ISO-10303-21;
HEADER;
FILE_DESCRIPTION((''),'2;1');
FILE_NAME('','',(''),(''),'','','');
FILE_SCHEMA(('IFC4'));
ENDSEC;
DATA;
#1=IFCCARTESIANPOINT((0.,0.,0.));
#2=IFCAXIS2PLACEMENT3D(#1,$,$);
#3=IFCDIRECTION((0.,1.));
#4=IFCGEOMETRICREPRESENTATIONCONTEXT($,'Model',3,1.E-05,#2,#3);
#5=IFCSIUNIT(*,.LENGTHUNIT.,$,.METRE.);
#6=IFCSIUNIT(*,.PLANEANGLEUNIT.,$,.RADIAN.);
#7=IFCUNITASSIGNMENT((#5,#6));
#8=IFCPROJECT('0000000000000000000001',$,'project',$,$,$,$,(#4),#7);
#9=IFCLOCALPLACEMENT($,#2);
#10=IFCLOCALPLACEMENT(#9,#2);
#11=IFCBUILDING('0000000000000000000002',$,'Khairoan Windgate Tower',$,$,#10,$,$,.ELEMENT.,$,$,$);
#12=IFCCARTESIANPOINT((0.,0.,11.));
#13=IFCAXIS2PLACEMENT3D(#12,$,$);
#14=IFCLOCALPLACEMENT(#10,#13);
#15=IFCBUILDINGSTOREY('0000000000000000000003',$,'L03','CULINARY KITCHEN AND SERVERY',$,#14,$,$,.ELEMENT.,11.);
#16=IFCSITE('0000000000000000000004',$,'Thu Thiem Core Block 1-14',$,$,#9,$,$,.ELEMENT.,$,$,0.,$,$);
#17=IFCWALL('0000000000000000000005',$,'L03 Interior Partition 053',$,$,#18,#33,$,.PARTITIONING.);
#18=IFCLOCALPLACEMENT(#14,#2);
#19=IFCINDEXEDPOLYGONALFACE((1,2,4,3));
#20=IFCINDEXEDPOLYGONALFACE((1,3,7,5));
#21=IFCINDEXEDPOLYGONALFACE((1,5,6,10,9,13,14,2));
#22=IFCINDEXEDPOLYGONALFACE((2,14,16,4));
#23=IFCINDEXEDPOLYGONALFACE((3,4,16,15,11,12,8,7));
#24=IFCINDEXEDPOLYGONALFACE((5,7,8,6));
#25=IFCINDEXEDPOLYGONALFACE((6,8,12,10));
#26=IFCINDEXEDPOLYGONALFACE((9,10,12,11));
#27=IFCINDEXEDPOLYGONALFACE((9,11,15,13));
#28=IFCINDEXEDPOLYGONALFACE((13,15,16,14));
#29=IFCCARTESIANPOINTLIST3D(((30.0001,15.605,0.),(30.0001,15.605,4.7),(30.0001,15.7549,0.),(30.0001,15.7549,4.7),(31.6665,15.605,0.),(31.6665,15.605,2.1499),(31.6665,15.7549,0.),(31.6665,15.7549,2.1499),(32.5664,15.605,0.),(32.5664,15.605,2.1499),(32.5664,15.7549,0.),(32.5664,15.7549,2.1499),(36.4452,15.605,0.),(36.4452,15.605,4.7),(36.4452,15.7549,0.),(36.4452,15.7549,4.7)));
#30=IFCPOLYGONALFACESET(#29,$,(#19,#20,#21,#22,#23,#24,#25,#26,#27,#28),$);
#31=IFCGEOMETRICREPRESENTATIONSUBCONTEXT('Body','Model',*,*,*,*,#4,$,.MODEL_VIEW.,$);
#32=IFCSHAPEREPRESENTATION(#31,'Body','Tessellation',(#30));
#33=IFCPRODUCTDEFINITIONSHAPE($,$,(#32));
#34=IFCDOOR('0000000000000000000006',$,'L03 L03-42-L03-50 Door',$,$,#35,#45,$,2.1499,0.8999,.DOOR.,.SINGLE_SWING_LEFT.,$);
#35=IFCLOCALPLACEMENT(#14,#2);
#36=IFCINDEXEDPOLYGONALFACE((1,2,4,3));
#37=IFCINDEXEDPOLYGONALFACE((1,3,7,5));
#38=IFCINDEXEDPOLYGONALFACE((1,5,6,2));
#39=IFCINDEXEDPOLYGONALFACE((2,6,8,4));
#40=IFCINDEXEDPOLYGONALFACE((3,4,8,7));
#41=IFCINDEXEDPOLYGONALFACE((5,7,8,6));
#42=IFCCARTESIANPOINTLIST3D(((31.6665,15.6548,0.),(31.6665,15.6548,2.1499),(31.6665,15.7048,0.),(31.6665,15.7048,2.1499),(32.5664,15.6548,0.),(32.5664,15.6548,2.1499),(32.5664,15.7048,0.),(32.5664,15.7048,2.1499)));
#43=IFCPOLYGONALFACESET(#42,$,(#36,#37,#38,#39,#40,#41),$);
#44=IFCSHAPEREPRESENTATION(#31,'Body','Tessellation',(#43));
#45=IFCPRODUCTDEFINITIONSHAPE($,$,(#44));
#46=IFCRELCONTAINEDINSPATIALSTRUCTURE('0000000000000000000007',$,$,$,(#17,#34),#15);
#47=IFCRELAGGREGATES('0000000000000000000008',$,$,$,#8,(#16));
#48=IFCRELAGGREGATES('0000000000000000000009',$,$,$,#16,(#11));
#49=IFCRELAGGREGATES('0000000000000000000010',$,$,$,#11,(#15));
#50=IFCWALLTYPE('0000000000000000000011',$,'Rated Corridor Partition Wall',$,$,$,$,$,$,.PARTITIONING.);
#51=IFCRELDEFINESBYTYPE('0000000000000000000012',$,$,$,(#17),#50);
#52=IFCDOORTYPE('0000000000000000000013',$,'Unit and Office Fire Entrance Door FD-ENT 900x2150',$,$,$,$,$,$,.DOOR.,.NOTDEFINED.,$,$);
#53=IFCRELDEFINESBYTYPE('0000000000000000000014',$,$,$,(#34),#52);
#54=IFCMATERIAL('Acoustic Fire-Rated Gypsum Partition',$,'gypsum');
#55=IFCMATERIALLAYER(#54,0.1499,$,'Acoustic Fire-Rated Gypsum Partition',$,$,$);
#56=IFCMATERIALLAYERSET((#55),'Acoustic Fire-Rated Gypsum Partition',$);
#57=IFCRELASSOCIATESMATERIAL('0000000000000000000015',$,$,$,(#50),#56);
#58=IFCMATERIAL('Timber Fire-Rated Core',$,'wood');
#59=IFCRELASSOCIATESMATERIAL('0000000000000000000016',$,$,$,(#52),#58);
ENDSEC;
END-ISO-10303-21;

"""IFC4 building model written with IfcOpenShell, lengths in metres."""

from ifc_helpers import new_model, si_unit, direction, frame, frame_2d, origin, place, context, subcontext, project, spatial, rectangle, extrude, material, layer, layer_set, type_object, element, fill, save


model = new_model("IFC4")

# Units and contexts
model_context = context("Model", 3, precision=1e-05, world=origin(), true_north=direction((0.0, 1.0)))
body_context = subcontext(model_context, "Body", "Model", "MODEL_VIEW")
ifc_project = project(units=[si_unit("LENGTHUNIT", "METRE"), si_unit("PLANEANGLEUNIT", "RADIAN")], contexts=[model_context])

# Site, building, storey
site_placement = place(None, origin())
site = spatial("IfcSite", under=ifc_project, at=site_placement, Name="Thu Thiem Core Block 1-14", CompositionType="ELEMENT", RefElevation=0.0)
building_placement = place(site_placement, origin())
building = spatial("IfcBuilding", under=site, at=building_placement, Name="Khairoan Windgate Tower", CompositionType="ELEMENT")
storey_placement = place(building_placement, frame((0.0, 0.0, 11.0)))
storey = spatial("IfcBuildingStorey", under=building, at=storey_placement, Name="L03", Description="CULINARY KITCHEN AND SERVERY", CompositionType="ELEMENT", Elevation=11.0)

# Wall, opening, door
ifc_material_1 = material(Name="Acoustic Fire-Rated Gypsum Partition", Category="gypsum")
ifc_layer_1 = layer(ifc_material_1, 0.1499, Name="Acoustic Fire-Rated Gypsum Partition")
ifc_layer_set_1 = layer_set([ifc_layer_1], Name="Acoustic Fire-Rated Gypsum Partition")
wall_type_1 = type_object("IfcWallType", Name="Rated Corridor Partition Wall", PredefinedType="PARTITIONING", material=ifc_layer_set_1)
wall_1_placement = place(storey_placement, frame((30.0, 15.6799, 0.0), z_axis=(0.0, 0.0, 1.0), x_axis=(1.0, 0.0, 0.0)))
wall_1 = element("IfcWall", 1, at=wall_1_placement, inside=storey, type_object=wall_type_1, Name="L03 Interior Partition 053", PredefinedType="PARTITIONING", context=body_context, shape_type="SweptSolid", body=[
    extrude(rectangle(XDim=6.4451, YDim=0.1499, at=frame_2d((3.2227, 0.0))), origin(), (0.0, 0.0, 1.0), 4.7),
])
opening_1_placement = place(wall_1_placement, frame((1.6665, 0.0, 0.0)))
opening_1 = element("IfcOpeningElement", 2, at=opening_1_placement, cuts=wall_1, PredefinedType="OPENING", context=body_context, shape_type="SweptSolid", body=[
    extrude(rectangle(XDim=0.8999, YDim=2.1499, at=frame_2d((0.45, 1.075))), frame((0.0, 0.085, 0.0), z_axis=(0.0, -1.0, 0.0), x_axis=(1.0, 0.0, 0.0)), (0.0, 0.0, 1.0), 0.1699),
])
ifc_material_2 = material(Name="Timber Fire-Rated Core", Category="wood")
door_type = type_object("IfcDoorType", Name="Unit and Office Fire Entrance Door FD-ENT 900x2150", OperationType="NOTDEFINED", PredefinedType="DOOR", material=ifc_material_2)
door_1_placement = place(opening_1_placement, origin())
door_1 = element("IfcDoor", 3, at=door_1_placement, inside=storey, type_object=door_type, Name="L03 L03-42-L03-50 Door", OperationType="SINGLE_SWING_LEFT", OverallHeight=2.1499, OverallWidth=0.8999, PredefinedType="DOOR", context=body_context, shape_type="SweptSolid", body=[
    extrude(rectangle(XDim=0.8999, YDim=2.1499, at=frame_2d((0.45, 1.075))), frame((0.0, 0.0249, 0.0), z_axis=(0.0, -1.0, 0.0), x_axis=(1.0, 0.0, 0.0)), (0.0, 0.0, 1.0), 0.05),
])
fill(opening_1, door_1)

save(model, "model.ifc")
